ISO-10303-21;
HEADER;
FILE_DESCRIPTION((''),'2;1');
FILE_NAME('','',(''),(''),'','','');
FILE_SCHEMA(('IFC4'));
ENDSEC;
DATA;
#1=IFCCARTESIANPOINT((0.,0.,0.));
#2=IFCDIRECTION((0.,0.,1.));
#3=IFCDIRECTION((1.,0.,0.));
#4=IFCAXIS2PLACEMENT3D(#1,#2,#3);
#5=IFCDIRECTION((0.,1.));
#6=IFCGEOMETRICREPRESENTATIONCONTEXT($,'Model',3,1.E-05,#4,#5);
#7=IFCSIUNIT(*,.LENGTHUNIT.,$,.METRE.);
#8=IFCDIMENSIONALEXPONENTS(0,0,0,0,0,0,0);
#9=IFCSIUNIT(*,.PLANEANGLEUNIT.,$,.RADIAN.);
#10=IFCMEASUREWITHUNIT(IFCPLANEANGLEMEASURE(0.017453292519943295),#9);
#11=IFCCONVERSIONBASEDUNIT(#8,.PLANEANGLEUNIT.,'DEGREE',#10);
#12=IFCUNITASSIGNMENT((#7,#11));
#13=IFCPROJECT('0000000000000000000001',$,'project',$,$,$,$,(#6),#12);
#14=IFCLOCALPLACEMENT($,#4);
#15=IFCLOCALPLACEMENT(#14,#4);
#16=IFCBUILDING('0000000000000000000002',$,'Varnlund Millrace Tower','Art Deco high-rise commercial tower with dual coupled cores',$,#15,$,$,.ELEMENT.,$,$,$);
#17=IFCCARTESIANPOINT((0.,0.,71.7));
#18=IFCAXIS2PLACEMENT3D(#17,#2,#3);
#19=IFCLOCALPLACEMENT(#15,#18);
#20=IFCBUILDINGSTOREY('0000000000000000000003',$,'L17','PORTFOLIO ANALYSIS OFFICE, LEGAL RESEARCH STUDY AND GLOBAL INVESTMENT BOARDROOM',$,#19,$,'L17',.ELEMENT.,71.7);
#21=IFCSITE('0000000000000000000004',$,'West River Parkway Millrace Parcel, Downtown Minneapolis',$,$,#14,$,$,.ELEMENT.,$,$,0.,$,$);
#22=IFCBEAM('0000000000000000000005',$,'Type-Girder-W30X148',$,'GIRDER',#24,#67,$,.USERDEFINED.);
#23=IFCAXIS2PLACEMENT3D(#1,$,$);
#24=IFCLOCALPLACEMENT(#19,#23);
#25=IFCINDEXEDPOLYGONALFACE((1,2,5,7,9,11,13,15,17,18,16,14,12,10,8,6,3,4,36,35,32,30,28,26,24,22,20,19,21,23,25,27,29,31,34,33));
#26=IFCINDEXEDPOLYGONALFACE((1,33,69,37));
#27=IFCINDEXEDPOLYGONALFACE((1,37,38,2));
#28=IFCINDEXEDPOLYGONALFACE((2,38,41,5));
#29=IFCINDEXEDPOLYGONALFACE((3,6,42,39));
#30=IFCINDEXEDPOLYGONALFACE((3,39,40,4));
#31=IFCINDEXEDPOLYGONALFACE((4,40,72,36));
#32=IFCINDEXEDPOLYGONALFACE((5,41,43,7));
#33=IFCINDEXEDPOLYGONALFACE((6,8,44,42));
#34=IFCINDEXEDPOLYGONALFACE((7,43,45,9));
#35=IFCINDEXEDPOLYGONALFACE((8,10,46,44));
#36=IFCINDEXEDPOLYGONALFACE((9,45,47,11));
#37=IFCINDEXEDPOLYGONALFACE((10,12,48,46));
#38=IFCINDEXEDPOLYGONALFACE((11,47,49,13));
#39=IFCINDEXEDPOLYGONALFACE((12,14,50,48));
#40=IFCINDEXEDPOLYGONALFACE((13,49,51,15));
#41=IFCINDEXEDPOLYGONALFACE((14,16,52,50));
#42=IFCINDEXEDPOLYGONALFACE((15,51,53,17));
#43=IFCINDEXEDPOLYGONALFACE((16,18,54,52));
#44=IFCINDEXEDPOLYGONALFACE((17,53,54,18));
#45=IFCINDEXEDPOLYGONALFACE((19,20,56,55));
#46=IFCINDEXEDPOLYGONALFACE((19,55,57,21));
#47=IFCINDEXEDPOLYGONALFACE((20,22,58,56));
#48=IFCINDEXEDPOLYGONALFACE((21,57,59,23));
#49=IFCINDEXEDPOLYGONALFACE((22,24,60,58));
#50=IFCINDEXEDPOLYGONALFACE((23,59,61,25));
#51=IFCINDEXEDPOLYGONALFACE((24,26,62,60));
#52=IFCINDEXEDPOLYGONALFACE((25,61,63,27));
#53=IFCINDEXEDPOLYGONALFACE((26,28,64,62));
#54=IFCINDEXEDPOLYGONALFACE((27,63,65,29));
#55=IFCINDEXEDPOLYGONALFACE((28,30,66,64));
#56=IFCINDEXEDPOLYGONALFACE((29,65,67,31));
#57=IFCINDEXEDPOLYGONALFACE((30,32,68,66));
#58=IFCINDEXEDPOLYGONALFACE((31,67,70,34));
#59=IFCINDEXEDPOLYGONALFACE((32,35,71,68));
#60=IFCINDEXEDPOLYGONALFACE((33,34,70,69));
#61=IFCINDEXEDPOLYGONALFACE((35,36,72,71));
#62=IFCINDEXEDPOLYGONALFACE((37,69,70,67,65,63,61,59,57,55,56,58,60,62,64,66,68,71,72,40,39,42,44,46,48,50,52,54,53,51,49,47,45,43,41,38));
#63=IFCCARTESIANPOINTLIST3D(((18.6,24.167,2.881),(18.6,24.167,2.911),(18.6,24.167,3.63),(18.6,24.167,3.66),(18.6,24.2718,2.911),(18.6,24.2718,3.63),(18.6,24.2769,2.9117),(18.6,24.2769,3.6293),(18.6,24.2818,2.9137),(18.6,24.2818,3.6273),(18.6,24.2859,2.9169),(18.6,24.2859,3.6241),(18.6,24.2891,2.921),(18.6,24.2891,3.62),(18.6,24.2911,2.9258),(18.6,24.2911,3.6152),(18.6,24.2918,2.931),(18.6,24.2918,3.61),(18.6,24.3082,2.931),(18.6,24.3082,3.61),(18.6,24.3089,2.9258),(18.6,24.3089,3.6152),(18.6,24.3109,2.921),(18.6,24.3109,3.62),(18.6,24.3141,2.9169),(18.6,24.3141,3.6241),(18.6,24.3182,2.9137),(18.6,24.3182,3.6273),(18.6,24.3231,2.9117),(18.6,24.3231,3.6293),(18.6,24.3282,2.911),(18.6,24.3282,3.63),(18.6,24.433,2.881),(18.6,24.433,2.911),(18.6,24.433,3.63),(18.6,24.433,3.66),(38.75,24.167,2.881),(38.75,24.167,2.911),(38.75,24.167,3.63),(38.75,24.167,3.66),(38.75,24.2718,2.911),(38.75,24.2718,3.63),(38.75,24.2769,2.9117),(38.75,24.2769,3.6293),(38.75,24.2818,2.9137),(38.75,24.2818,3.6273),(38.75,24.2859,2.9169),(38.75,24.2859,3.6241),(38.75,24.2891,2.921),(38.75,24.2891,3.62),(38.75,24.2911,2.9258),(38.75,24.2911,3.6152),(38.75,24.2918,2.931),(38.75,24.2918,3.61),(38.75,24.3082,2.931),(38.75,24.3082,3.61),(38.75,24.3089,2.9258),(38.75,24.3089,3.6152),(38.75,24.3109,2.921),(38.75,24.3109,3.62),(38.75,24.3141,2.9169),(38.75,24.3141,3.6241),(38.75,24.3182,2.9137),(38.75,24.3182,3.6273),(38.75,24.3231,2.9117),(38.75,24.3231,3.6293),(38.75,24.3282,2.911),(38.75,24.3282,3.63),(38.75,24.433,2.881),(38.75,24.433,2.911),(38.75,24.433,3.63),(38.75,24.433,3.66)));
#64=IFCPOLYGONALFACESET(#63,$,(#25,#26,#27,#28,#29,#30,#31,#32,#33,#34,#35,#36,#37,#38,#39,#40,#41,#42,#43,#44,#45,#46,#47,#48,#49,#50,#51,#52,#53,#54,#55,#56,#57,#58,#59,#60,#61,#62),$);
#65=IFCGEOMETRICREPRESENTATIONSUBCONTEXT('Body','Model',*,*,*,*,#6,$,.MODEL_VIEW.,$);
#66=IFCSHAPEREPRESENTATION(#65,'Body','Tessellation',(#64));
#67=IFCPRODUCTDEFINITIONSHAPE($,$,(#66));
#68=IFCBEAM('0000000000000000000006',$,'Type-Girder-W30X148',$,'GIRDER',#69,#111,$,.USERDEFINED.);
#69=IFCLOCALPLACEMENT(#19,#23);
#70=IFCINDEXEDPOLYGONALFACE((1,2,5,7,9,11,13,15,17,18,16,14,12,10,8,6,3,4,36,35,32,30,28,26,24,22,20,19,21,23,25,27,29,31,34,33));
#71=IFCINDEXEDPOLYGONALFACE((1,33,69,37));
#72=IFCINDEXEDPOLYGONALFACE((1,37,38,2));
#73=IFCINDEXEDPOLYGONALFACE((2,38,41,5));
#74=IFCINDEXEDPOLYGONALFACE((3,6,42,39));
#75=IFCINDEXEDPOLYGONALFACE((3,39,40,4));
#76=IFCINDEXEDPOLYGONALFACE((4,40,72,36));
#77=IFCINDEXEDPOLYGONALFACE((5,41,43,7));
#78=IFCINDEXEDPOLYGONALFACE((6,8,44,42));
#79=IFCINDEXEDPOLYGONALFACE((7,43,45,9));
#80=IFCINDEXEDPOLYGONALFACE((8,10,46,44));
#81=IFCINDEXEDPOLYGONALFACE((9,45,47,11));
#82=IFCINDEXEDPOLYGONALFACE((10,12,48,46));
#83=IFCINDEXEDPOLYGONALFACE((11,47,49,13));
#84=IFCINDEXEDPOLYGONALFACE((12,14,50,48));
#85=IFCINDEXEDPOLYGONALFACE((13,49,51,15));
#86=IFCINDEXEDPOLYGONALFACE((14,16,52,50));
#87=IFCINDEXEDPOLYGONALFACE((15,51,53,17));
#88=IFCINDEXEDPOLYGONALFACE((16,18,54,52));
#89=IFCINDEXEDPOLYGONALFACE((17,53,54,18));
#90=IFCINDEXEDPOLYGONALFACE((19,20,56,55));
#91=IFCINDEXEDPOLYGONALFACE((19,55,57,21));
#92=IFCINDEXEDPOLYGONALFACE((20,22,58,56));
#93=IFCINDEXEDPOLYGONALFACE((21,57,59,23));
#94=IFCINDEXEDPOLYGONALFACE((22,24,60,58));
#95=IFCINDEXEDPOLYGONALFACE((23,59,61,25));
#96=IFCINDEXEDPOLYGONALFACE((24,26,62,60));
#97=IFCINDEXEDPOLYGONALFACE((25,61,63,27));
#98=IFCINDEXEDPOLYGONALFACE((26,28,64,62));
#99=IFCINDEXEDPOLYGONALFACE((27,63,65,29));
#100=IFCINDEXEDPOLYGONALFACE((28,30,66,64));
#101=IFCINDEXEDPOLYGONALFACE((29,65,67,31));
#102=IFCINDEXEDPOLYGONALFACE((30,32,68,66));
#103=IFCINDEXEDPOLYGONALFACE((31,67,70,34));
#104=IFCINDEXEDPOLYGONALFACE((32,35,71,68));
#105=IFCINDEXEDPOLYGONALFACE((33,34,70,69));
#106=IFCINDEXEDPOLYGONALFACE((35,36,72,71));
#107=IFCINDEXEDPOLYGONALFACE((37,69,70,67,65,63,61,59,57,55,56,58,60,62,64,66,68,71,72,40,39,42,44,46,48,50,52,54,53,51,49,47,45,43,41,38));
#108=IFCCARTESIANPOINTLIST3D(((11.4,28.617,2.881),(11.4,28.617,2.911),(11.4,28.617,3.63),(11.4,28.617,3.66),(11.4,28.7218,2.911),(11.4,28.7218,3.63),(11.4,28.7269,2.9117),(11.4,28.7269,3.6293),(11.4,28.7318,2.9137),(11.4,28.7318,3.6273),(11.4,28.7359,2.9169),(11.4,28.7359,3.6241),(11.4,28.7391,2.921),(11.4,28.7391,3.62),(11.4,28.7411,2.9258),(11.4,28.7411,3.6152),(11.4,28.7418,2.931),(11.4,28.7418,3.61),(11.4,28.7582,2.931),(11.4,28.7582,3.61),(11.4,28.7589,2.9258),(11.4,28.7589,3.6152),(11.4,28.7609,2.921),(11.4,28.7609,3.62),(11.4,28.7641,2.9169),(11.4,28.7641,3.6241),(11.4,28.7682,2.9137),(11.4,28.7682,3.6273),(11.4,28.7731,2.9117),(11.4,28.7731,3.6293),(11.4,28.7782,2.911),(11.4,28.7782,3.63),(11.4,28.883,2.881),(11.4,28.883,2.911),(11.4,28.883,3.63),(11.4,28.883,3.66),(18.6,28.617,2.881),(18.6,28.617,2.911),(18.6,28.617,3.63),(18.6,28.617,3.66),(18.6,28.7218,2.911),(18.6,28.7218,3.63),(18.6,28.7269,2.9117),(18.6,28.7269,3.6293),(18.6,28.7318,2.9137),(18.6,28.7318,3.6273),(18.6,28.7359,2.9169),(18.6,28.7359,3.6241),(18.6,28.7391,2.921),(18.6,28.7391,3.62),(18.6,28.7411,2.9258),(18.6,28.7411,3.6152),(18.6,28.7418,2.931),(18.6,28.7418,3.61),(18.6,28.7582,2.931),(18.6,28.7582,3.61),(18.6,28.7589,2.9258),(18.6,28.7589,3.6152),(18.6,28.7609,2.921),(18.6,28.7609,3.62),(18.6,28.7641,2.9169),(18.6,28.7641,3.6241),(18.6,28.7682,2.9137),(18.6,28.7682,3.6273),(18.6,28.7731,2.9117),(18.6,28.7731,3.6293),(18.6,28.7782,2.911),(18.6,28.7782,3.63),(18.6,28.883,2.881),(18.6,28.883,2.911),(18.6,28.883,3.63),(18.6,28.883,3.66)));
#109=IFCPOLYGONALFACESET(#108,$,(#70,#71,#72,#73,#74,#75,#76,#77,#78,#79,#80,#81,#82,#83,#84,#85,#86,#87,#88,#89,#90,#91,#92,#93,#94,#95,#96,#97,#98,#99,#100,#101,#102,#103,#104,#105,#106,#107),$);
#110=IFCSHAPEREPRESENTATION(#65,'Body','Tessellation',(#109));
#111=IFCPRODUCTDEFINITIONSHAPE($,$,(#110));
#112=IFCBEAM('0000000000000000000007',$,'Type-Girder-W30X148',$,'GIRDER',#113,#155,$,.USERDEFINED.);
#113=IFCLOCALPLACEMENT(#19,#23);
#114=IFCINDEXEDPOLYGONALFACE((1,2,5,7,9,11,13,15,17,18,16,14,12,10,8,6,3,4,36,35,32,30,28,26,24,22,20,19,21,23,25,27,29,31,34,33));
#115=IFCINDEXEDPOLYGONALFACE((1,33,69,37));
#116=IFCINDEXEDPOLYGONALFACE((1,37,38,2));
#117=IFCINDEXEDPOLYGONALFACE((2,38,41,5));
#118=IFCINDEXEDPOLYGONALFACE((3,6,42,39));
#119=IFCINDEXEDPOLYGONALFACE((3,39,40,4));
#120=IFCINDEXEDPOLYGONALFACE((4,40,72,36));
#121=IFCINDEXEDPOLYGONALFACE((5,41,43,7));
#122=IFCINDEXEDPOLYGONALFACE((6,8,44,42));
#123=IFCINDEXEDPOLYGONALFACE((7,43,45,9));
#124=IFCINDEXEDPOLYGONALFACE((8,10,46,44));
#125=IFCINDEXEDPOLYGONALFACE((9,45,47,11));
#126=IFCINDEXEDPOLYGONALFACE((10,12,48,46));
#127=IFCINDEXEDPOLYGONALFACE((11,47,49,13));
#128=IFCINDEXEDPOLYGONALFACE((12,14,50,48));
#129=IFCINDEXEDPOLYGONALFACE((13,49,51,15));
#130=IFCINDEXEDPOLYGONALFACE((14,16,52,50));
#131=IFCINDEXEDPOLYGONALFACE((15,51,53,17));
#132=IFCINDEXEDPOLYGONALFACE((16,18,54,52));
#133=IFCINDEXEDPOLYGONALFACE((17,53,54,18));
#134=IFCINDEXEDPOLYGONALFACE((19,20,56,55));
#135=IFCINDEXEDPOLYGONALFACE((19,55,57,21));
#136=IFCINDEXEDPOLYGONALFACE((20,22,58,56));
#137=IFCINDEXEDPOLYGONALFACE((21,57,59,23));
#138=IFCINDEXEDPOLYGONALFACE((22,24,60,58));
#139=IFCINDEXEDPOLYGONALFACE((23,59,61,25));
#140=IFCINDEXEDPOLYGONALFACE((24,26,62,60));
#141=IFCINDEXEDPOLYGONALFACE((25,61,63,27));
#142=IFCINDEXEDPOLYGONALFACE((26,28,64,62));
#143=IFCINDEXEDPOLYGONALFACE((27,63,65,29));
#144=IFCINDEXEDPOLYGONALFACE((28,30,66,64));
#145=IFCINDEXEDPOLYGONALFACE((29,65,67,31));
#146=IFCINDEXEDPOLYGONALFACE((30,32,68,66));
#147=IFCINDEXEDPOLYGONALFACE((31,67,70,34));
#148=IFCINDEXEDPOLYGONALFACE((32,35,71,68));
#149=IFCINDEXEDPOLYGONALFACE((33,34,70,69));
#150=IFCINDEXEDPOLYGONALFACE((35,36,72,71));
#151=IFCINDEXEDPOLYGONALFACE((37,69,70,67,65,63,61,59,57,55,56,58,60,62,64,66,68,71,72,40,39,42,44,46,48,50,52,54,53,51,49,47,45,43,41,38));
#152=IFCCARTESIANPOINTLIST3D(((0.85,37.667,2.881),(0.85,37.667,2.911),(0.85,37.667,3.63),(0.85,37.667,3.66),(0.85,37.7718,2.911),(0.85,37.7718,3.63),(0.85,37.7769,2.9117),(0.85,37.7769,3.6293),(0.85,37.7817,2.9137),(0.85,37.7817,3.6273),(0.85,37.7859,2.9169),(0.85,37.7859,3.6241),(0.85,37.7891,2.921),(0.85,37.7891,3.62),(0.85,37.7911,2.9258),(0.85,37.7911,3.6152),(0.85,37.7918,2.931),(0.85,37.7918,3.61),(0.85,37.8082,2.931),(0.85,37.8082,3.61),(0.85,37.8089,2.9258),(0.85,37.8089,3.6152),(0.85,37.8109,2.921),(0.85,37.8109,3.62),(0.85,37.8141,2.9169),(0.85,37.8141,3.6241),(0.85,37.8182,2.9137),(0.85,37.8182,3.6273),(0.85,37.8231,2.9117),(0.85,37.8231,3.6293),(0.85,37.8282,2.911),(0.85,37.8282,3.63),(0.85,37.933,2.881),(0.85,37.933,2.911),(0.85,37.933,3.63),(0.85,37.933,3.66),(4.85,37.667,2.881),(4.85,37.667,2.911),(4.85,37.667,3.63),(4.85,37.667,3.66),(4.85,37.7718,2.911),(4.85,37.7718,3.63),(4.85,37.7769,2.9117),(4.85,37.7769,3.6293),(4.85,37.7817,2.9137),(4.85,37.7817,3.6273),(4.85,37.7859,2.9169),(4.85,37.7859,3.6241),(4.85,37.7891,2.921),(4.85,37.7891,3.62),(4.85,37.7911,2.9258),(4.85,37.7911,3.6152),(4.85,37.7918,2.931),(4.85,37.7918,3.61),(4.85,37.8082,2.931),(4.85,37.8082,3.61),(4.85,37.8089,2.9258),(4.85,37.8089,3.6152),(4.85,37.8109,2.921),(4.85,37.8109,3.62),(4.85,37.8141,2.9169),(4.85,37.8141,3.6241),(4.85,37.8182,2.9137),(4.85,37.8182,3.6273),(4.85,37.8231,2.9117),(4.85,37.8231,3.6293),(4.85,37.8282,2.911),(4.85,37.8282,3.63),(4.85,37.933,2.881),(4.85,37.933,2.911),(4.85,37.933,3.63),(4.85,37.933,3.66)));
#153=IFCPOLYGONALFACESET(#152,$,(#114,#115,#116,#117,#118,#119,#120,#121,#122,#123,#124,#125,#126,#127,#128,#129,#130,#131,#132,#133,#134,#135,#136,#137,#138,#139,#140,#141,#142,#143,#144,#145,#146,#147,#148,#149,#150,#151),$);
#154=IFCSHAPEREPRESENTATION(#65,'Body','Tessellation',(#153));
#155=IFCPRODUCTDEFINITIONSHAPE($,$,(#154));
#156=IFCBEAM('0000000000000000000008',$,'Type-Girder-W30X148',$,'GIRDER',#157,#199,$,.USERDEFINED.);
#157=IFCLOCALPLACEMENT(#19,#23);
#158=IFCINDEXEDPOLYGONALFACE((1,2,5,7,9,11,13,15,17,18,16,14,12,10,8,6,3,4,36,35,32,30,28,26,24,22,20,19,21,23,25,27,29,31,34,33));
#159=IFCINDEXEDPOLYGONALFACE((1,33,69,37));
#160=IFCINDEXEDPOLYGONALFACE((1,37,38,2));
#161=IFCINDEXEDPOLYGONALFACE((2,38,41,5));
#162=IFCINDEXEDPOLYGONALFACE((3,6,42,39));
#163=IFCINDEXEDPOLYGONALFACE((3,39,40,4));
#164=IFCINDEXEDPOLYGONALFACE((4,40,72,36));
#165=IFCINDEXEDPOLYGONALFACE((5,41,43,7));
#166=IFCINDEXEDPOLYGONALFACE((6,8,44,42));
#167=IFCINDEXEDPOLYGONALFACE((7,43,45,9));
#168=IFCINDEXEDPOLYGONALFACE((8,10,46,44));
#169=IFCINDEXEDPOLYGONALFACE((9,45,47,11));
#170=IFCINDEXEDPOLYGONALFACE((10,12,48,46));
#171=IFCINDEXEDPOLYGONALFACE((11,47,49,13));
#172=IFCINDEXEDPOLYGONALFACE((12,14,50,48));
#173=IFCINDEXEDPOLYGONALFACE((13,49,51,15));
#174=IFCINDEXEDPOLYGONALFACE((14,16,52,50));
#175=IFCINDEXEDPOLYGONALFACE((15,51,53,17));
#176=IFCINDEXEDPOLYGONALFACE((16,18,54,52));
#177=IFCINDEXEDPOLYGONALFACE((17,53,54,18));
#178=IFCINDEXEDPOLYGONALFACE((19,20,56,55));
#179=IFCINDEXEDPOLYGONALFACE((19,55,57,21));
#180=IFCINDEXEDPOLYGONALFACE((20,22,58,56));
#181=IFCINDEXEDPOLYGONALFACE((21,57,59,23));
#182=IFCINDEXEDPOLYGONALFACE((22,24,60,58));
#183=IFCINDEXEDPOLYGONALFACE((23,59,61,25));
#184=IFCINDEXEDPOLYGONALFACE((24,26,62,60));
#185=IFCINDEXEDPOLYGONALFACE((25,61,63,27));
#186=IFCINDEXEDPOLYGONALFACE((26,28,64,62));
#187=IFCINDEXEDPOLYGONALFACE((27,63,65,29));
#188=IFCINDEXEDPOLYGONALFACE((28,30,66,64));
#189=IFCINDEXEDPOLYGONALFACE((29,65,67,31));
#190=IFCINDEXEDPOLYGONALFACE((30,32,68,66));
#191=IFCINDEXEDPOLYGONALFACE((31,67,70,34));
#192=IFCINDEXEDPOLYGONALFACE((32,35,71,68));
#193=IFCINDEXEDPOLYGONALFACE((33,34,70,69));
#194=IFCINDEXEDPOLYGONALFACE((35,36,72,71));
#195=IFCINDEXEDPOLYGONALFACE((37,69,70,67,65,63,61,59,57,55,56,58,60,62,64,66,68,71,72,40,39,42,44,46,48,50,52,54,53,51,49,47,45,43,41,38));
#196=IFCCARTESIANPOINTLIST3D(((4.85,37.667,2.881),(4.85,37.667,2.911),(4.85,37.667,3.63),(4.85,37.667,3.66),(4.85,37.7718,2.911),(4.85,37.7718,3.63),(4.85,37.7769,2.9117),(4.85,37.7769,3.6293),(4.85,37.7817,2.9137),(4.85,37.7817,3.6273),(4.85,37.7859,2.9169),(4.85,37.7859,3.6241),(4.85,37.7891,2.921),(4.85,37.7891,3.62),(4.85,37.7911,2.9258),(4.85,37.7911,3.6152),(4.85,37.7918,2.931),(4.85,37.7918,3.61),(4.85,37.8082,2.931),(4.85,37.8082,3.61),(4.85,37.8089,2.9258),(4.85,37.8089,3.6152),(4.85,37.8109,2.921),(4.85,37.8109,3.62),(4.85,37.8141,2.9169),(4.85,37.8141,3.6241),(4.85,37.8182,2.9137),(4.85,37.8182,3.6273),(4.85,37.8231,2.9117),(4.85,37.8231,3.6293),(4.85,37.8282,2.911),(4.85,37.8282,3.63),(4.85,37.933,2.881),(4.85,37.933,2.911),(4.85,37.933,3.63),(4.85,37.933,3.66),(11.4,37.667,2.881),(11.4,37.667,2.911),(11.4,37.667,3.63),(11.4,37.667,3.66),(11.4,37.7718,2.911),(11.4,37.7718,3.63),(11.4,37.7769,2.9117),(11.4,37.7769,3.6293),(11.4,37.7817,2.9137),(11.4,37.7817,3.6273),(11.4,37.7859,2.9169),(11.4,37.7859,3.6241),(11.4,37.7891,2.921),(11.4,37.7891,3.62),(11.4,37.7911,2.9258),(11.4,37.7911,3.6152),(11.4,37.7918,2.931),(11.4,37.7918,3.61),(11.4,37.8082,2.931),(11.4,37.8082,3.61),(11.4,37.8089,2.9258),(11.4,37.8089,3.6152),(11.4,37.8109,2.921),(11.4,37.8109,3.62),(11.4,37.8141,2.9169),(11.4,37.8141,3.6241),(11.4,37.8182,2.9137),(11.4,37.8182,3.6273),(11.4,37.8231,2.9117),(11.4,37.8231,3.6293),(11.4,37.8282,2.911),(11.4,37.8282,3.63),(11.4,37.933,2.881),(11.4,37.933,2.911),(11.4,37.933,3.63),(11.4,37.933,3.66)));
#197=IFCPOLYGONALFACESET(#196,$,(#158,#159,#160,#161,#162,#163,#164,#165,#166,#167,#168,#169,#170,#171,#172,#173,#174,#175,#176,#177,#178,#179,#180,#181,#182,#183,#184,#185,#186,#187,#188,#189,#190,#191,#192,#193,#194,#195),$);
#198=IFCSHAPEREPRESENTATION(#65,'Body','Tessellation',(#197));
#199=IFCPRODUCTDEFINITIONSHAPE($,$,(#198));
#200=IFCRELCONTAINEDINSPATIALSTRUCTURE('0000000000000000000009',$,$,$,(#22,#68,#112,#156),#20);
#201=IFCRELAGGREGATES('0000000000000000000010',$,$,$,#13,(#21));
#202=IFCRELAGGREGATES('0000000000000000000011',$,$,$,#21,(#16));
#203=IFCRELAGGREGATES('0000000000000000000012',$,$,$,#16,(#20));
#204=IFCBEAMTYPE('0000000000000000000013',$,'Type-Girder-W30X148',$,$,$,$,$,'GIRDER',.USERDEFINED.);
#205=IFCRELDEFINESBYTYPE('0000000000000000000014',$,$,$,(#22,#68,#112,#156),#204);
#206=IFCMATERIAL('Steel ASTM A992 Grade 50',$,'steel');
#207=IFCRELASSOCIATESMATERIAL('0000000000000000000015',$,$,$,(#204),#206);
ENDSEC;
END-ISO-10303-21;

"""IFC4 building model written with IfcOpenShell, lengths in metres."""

from ifc_helpers import new_model, entity, si_unit, converted_unit, direction, frame, origin_with_axes, origin_2d_with_axis, place, context, subcontext, project, spatial, i_section, extrude, material, material_profile, profile_set, type_object, element, save


model = new_model("IFC4")

# Units and contexts
model_context = context("Model", 3, precision=1e-05, world=origin_with_axes(), true_north=direction((0.0, 1.0)))
body_context = subcontext(model_context, "Body", "Model", "MODEL_VIEW")
ifc_project = project(units=[si_unit("LENGTHUNIT", "METRE"), converted_unit("PLANEANGLEUNIT", "DEGREE", entity("IfcPlaneAngleMeasure", 0.017453292519943295), si_unit("PLANEANGLEUNIT", "RADIAN"), dimensions=[0, 0, 0, 0, 0, 0, 0])], contexts=[model_context])

# Site, building, storey
site_placement = place(None, origin_with_axes())
site = spatial("IfcSite", under=ifc_project, at=site_placement, Name="West River Parkway Millrace Parcel, Downtown Minneapolis", CompositionType="ELEMENT", RefElevation=0.0)
building_placement = place(site_placement, origin_with_axes())
building = spatial("IfcBuilding", under=site, at=building_placement, Name="Varnlund Millrace Tower", Description="Art Deco high-rise commercial tower with dual coupled cores", CompositionType="ELEMENT")
storey_placement = place(building_placement, frame((0.0, 0.0, 71.7), z_axis=(0.0, 0.0, 1.0), x_axis=(1.0, 0.0, 0.0)))
storey = spatial("IfcBuildingStorey", under=building, at=storey_placement, Name="L17", Description="PORTFOLIO ANALYSIS OFFICE, LEGAL RESEARCH STUDY AND GLOBAL INVESTMENT BOARDROOM", LongName="L17", CompositionType="ELEMENT", Elevation=71.7)

# Beams
ifc_material_1 = material(Name="Steel ASTM A992 Grade 50", Category="steel")
ifc_material_profile_1 = material_profile(ifc_material_1, i_section(OverallWidth=0.266, OverallDepth=0.779, WebThickness=0.0165, FlangeThickness=0.03, FilletRadius=0.02, at=origin_2d_with_axis()), Name="Steel ASTM A992 Grade 50")
ifc_profile_set_1 = profile_set([ifc_material_profile_1], Name="Steel ASTM A992 Grade 50")
beam_type_1 = type_object("IfcBeamType", Name="Type-Girder-W30X148", ElementType="GIRDER", PredefinedType="USERDEFINED", material=ifc_profile_set_1)
beam_1_placement = place(storey_placement, frame((18.6, 24.3, 3.2705), z_axis=(1.0, 0.0, 0.0), x_axis=(0.0, 1.0, 0.0)))
element("IfcBeam", 1, at=beam_1_placement, inside=storey, type_object=beam_type_1, Name="Type-Girder-W30X148", ObjectType="GIRDER", PredefinedType="USERDEFINED", context=body_context, shape_type="SweptSolid", body=[
    extrude(i_section(OverallWidth=0.266, OverallDepth=0.779, WebThickness=0.0165, FlangeThickness=0.03, FilletRadius=0.02, at=origin_2d_with_axis()), origin_with_axes(), (0.0, 0.0, 1.0), 20.15),
])
beam_2_placement = place(storey_placement, frame((11.4, 28.75, 3.2705), z_axis=(1.0, 0.0, 0.0), x_axis=(0.0, 1.0, 0.0)))
element("IfcBeam", 2, at=beam_2_placement, inside=storey, type_object=beam_type_1, Name="Type-Girder-W30X148", ObjectType="GIRDER", PredefinedType="USERDEFINED", context=body_context, shape_type="SweptSolid", body=[
    extrude(i_section(OverallWidth=0.266, OverallDepth=0.779, WebThickness=0.0165, FlangeThickness=0.03, FilletRadius=0.02, at=origin_2d_with_axis()), origin_with_axes(), (0.0, 0.0, 1.0), 7.2),
])
beam_3_placement = place(storey_placement, frame((0.85, 37.8, 3.2705), z_axis=(1.0, 0.0, 0.0), x_axis=(0.0, 1.0, 0.0)))
element("IfcBeam", 3, at=beam_3_placement, inside=storey, type_object=beam_type_1, Name="Type-Girder-W30X148", ObjectType="GIRDER", PredefinedType="USERDEFINED", context=body_context, shape_type="SweptSolid", body=[
    extrude(i_section(OverallWidth=0.266, OverallDepth=0.779, WebThickness=0.0165, FlangeThickness=0.03, FilletRadius=0.02, at=origin_2d_with_axis()), origin_with_axes(), (0.0, 0.0, 1.0), 4.0),
])
beam_4_placement = place(storey_placement, frame((4.85, 37.8, 3.2705), z_axis=(1.0, 0.0, 0.0), x_axis=(0.0, 1.0, 0.0)))
element("IfcBeam", 4, at=beam_4_placement, inside=storey, type_object=beam_type_1, Name="Type-Girder-W30X148", ObjectType="GIRDER", PredefinedType="USERDEFINED", context=body_context, shape_type="SweptSolid", body=[
    extrude(i_section(OverallWidth=0.266, OverallDepth=0.779, WebThickness=0.0165, FlangeThickness=0.03, FilletRadius=0.02, at=origin_2d_with_axis()), origin_with_axes(), (0.0, 0.0, 1.0), 6.55),
])

save(model, "model.ifc")
